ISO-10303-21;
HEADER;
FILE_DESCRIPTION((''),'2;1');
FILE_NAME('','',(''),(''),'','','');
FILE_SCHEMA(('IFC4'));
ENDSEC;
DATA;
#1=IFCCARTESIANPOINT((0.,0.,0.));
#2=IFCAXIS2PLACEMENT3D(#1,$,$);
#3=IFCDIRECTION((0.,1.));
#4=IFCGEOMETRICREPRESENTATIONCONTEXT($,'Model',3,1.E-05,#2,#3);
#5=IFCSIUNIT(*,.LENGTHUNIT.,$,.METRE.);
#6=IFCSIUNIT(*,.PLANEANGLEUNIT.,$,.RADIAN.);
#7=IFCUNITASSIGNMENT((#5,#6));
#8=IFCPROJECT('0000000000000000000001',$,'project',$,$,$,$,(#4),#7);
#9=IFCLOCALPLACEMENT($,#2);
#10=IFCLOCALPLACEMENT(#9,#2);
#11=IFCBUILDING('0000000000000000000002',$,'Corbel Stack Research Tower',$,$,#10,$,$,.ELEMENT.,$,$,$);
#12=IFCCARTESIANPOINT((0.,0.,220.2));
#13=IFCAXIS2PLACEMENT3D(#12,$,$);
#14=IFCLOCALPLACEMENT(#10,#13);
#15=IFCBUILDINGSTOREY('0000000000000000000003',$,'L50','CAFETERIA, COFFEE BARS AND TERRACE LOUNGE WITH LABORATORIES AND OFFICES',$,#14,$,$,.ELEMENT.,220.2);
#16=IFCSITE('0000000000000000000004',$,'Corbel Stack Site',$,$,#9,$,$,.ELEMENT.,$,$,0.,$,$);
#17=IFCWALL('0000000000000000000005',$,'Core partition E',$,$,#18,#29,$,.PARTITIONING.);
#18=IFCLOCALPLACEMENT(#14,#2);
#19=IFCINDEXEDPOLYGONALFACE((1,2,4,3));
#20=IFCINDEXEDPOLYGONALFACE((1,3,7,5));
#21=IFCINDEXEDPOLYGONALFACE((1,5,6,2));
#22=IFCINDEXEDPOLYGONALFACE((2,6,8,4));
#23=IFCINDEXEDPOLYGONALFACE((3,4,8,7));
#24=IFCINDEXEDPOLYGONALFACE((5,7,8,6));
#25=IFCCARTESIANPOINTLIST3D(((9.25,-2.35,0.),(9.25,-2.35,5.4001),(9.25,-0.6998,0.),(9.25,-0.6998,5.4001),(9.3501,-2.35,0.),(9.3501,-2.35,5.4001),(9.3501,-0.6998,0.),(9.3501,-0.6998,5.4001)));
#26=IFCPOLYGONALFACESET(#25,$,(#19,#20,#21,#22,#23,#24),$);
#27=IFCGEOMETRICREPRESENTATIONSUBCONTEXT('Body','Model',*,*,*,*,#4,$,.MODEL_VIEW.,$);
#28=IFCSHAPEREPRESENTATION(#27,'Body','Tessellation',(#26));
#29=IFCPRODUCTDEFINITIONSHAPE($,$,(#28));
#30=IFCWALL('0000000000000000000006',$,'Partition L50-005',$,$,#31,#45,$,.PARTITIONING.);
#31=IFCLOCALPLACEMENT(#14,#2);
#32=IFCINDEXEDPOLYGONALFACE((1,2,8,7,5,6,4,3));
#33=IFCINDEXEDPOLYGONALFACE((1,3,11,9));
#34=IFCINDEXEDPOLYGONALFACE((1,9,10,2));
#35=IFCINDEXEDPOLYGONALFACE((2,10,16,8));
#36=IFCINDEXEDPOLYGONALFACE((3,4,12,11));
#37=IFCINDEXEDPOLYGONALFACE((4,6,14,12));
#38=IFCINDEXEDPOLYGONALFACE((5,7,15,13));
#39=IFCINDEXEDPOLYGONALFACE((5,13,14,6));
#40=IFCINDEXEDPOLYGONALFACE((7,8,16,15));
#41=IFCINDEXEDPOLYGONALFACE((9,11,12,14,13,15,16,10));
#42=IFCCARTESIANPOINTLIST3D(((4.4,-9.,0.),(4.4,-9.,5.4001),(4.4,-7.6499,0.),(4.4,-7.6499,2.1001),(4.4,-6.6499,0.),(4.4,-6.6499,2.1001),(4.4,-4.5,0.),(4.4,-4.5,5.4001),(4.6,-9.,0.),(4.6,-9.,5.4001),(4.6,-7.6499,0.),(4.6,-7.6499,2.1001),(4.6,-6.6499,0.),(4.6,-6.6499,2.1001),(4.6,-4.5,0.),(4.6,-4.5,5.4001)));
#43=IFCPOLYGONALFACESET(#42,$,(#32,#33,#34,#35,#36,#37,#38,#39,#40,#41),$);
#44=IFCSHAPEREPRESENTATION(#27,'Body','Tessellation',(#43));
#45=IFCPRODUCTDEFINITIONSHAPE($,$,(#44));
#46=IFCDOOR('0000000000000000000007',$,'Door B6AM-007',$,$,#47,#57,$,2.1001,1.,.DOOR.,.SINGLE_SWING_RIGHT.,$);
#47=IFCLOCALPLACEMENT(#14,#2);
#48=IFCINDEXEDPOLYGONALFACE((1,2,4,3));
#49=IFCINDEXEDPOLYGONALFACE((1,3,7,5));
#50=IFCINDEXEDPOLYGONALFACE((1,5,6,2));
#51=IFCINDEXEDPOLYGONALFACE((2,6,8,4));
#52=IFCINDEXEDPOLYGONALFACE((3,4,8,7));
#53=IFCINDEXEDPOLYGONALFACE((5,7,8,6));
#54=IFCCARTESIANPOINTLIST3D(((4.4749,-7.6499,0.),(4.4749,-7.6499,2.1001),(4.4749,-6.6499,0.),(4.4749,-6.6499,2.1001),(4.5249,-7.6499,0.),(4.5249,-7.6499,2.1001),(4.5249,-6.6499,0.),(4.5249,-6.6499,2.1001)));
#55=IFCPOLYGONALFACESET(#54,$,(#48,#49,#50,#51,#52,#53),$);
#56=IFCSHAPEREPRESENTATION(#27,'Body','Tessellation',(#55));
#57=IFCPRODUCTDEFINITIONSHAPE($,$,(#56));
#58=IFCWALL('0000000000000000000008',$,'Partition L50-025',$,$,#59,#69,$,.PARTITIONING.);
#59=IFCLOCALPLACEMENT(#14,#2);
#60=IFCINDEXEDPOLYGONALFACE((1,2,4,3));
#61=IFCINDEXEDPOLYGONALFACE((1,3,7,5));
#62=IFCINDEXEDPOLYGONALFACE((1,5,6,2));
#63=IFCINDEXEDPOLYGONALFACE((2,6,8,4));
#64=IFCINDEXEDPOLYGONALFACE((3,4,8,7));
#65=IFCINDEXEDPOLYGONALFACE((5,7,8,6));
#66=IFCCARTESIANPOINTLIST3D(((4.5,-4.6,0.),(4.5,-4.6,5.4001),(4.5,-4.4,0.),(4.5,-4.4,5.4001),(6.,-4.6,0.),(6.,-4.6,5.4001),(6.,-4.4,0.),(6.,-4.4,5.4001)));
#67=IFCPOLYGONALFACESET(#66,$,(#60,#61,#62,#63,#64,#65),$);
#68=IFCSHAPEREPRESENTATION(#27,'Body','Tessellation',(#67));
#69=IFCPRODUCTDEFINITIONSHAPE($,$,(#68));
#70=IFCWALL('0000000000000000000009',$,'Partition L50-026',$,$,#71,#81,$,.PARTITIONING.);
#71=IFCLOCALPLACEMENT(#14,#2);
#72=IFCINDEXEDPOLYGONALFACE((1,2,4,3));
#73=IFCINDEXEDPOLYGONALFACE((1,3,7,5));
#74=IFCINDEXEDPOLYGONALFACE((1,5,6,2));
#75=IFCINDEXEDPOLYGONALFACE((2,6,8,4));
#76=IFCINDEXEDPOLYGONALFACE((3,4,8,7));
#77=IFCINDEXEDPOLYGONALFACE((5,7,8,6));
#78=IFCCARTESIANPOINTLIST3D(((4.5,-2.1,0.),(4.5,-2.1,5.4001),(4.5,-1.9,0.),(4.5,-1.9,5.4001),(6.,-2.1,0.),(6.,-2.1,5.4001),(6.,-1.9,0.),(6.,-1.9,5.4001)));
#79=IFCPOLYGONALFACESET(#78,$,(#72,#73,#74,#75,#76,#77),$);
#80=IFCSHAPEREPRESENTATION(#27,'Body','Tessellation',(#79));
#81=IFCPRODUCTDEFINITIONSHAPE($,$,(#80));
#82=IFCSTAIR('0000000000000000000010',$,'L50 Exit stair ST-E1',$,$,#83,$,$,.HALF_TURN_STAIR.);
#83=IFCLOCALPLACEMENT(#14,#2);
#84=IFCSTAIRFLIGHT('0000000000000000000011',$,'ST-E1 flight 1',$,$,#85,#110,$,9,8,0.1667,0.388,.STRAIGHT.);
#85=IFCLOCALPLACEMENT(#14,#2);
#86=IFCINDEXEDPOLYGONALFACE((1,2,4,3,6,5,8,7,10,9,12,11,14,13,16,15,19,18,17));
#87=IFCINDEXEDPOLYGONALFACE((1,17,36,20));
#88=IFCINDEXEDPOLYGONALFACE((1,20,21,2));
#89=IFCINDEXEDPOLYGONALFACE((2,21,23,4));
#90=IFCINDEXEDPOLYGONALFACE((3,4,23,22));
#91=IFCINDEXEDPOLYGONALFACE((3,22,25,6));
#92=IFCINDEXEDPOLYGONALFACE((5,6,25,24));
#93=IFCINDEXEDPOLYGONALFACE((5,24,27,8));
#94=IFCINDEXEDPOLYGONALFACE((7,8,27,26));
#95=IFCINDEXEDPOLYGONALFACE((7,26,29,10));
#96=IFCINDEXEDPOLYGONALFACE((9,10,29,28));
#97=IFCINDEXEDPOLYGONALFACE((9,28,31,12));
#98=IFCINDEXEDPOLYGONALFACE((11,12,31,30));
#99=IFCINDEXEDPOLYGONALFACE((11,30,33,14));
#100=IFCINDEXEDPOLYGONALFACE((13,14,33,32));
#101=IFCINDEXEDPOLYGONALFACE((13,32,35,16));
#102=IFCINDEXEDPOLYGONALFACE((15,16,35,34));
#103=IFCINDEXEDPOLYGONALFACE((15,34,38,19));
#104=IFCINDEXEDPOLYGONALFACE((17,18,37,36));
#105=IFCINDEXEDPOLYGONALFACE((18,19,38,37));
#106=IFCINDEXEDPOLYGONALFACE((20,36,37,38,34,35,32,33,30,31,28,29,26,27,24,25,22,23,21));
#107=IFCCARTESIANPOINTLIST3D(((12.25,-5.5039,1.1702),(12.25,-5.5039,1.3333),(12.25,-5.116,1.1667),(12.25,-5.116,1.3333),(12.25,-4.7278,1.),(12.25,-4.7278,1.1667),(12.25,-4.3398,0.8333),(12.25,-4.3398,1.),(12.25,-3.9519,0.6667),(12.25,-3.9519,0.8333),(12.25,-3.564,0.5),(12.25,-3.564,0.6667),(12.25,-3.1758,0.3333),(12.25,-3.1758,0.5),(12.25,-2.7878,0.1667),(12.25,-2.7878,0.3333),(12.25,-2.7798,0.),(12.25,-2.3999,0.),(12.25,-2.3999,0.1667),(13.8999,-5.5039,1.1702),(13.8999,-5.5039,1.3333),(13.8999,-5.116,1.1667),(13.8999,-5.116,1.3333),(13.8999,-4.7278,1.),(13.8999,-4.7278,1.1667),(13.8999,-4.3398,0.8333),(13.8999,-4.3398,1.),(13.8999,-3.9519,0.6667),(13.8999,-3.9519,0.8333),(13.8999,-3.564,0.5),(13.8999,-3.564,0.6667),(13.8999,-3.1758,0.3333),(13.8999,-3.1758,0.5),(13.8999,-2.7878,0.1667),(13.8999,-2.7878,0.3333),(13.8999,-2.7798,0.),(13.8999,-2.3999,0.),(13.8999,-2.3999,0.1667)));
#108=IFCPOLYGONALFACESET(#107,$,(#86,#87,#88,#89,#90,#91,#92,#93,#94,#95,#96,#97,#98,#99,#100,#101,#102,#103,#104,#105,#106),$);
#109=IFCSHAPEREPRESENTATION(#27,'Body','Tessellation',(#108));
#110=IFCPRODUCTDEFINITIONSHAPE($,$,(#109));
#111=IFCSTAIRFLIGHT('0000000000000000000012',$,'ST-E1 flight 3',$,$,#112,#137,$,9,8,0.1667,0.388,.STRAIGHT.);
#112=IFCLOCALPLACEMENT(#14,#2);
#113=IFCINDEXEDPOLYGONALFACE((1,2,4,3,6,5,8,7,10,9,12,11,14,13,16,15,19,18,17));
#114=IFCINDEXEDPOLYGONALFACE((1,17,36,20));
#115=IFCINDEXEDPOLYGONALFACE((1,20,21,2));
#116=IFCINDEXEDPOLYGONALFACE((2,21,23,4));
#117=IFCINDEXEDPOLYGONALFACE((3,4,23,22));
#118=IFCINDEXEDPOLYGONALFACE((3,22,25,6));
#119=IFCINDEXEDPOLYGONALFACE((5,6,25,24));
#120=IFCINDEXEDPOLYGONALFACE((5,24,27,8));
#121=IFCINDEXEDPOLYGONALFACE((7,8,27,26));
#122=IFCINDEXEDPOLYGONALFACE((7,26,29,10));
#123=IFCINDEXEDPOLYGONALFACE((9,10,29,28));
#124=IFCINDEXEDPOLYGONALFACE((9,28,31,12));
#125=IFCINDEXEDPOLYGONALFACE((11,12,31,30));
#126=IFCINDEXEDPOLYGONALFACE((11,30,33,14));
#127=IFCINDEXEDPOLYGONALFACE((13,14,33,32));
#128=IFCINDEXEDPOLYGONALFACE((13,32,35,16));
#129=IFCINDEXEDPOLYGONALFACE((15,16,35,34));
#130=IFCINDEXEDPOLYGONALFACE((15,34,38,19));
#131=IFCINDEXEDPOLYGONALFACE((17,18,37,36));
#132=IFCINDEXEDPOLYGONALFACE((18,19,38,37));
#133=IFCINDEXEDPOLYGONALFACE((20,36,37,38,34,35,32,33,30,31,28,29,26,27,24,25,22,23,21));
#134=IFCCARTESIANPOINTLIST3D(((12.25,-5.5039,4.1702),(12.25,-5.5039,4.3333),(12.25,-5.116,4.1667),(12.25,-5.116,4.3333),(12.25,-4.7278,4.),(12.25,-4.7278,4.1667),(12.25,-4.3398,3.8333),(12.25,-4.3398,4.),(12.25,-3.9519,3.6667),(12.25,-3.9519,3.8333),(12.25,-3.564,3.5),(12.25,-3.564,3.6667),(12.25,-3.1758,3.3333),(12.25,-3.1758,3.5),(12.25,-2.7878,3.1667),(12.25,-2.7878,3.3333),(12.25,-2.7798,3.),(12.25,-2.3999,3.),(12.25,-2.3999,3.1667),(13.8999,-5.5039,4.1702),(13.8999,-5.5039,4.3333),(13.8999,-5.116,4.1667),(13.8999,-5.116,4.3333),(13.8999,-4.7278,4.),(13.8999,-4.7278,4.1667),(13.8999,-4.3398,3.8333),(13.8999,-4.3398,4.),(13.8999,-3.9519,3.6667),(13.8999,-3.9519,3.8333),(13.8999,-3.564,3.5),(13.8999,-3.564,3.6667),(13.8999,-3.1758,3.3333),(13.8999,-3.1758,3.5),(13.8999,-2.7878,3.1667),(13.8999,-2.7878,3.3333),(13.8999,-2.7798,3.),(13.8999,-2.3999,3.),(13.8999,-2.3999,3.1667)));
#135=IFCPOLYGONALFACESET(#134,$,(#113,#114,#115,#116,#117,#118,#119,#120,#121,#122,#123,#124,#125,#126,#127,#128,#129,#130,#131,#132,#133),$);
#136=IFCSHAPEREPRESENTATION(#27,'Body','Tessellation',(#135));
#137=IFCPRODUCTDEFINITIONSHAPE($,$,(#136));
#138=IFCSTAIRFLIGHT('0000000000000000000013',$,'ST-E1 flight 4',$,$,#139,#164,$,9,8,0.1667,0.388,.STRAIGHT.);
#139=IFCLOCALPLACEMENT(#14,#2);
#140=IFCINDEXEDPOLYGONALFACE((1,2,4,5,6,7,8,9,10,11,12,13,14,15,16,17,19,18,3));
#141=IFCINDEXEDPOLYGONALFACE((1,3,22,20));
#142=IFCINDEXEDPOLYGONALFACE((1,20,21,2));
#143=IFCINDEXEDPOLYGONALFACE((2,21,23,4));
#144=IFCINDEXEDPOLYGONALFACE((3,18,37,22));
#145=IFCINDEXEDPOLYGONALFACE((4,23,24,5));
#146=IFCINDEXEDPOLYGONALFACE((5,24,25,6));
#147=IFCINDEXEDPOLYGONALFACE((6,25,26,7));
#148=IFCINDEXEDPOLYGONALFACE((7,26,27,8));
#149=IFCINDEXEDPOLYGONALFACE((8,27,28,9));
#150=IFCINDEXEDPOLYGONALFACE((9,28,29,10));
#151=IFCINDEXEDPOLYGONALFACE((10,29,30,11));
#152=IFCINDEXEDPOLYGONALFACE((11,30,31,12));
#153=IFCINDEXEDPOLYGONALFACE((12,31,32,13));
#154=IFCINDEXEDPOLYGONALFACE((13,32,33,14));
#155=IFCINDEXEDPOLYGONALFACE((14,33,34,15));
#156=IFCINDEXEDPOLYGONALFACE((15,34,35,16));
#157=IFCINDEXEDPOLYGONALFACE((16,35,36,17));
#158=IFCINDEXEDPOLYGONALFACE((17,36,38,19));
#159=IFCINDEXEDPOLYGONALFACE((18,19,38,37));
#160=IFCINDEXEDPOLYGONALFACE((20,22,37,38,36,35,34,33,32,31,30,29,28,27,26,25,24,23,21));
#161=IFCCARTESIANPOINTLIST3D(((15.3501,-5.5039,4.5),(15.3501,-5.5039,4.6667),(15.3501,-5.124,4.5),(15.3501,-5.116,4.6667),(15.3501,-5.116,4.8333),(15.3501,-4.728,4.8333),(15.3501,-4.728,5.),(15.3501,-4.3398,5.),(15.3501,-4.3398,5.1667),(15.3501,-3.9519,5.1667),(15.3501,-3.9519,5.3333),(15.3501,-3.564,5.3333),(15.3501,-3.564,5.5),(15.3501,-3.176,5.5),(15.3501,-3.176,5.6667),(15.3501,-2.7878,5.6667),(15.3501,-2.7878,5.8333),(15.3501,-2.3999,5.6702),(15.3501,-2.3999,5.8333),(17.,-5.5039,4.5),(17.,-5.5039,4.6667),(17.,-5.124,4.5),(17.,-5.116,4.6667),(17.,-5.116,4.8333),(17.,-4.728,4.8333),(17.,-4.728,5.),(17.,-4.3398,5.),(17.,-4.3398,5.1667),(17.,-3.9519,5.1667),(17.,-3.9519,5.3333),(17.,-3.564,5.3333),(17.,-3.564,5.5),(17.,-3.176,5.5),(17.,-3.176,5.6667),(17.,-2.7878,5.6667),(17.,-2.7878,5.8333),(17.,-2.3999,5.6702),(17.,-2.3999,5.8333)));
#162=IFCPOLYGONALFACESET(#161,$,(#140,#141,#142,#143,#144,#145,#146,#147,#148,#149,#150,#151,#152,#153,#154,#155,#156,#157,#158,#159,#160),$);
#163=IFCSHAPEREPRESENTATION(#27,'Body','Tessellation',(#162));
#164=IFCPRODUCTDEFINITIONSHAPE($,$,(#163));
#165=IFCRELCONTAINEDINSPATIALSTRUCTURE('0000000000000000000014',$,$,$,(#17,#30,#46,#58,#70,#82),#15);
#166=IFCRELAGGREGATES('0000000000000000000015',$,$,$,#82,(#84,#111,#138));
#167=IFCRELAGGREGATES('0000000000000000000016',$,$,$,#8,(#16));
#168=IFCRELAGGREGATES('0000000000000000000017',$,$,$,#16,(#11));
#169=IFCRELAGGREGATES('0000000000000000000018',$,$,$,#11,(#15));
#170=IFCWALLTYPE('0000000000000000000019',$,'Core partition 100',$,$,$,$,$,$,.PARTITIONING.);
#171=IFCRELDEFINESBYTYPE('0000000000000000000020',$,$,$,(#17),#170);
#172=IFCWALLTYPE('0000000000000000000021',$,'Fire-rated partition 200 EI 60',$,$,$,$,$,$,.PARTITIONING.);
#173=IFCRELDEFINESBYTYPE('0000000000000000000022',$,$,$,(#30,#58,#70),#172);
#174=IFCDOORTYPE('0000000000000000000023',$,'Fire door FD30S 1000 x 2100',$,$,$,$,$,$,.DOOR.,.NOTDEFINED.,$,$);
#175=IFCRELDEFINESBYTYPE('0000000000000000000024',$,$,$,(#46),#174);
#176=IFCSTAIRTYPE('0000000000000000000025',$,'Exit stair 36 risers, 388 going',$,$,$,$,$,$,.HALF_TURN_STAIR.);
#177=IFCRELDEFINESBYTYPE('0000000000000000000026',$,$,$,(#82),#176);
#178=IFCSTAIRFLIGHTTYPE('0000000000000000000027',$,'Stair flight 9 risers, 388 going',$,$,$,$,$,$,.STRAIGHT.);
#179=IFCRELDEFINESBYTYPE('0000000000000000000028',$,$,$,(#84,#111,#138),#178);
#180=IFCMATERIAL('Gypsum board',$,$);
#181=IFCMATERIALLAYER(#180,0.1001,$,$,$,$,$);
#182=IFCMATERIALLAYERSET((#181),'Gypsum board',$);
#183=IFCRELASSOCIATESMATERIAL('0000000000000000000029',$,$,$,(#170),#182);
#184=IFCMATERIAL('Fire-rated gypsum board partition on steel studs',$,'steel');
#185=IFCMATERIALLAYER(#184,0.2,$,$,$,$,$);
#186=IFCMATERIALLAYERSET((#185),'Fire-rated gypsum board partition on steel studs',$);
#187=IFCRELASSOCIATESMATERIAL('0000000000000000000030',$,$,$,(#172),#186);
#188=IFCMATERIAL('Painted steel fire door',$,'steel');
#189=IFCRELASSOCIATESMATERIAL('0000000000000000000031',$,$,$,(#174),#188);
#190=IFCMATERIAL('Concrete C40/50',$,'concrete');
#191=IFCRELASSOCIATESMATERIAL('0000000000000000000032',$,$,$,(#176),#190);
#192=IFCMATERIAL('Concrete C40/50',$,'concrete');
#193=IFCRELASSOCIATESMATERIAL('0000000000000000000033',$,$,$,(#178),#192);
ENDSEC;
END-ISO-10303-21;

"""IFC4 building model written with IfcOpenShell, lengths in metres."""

from ifc_helpers import new_model, si_unit, direction, frame, frame_2d, origin, place, context, subcontext, project, spatial, polyline, rectangle, outline, extrude, material, layer, layer_set, type_object, element, fill, aggregate, save


model = new_model("IFC4")

# Units and contexts
model_context = context("Model", 3, precision=1e-05, world=origin(), true_north=direction((0.0, 1.0)))
body_context = subcontext(model_context, "Body", "Model", "MODEL_VIEW")
ifc_project = project(units=[si_unit("LENGTHUNIT", "METRE"), si_unit("PLANEANGLEUNIT", "RADIAN")], contexts=[model_context])

# Site, building, storey
site_placement = place(None, origin())
site = spatial("IfcSite", under=ifc_project, at=site_placement, Name="Corbel Stack Site", CompositionType="ELEMENT", RefElevation=0.0)
building_placement = place(site_placement, origin())
building = spatial("IfcBuilding", under=site, at=building_placement, Name="Corbel Stack Research Tower", CompositionType="ELEMENT")
storey_placement = place(building_placement, frame((0.0, 0.0, 220.2)))
storey = spatial("IfcBuildingStorey", under=building, at=storey_placement, Name="L50", Description="CAFETERIA, COFFEE BARS AND TERRACE LOUNGE WITH LABORATORIES AND OFFICES", CompositionType="ELEMENT", Elevation=220.2)

# Shared definitions
ifc_material_1 = material(Name="Gypsum board")
ifc_layer_1 = layer(ifc_material_1, 0.1001)
ifc_layer_set_1 = layer_set([ifc_layer_1], Name="Gypsum board")
wall_type_1 = type_object("IfcWallType", Name="Core partition 100", PredefinedType="PARTITIONING", material=ifc_layer_set_1)

# Wall
wall_1_placement = place(storey_placement, frame((9.3, -2.3501, 0.0), z_axis=(0.0, 0.0, 1.0), x_axis=(0.0, 1.0, 0.0)))
element("IfcWall", 1, at=wall_1_placement, inside=storey, type_object=wall_type_1, Name="Core partition E", PredefinedType="PARTITIONING", context=body_context, shape_type="SweptSolid", body=[
    extrude(rectangle(XDim=1.6501, YDim=0.1001, at=frame_2d((0.8252, 0.0))), origin(), (0.0, 0.0, 1.0), 5.4001),
])

# Wall, opening, door
ifc_material_2 = material(Name="Fire-rated gypsum board partition on steel studs", Category="steel")
ifc_layer_2 = layer(ifc_material_2, 0.2)
ifc_layer_set_2 = layer_set([ifc_layer_2], Name="Fire-rated gypsum board partition on steel studs")
wall_type_2 = type_object("IfcWallType", Name="Fire-rated partition 200 EI 60", PredefinedType="PARTITIONING", material=ifc_layer_set_2)
wall_2_placement = place(storey_placement, frame((4.5, -4.5, 0.0), z_axis=(0.0, 0.0, 1.0), x_axis=(0.0, -1.0, 0.0)))
wall_2 = element("IfcWall", 2, at=wall_2_placement, inside=storey, type_object=wall_type_2, Name="Partition L50-005", PredefinedType="PARTITIONING", context=body_context, shape_type="SweptSolid", body=[
    extrude(rectangle(XDim=4.5, YDim=0.2, at=frame_2d((2.25, 0.0))), origin(), (0.0, 0.0, 1.0), 5.4001),
])
opening_1_placement = place(wall_2_placement, frame((2.1499, 0.0, 0.0)))
opening_1 = element("IfcOpeningElement", 3, at=opening_1_placement, cuts=wall_2, PredefinedType="OPENING", context=body_context, shape_type="SweptSolid", body=[
    extrude(rectangle(XDim=1.0, YDim=2.1001, at=frame_2d((0.5, 1.05))), frame((0.0, 0.1099, 0.0), z_axis=(0.0, -1.0, 0.0), x_axis=(1.0, 0.0, 0.0)), (0.0, 0.0, 1.0), 0.22),
])
ifc_material_3 = material(Name="Painted steel fire door", Category="steel")
door_type_1 = type_object("IfcDoorType", Name="Fire door FD30S 1000 x 2100", OperationType="NOTDEFINED", PredefinedType="DOOR", material=ifc_material_3)
door_1_placement = place(opening_1_placement, origin())
door_1 = element("IfcDoor", 4, at=door_1_placement, inside=storey, type_object=door_type_1, Name="Door B6AM-007", OperationType="SINGLE_SWING_RIGHT", OverallHeight=2.1001, OverallWidth=1.0, PredefinedType="DOOR", context=body_context, shape_type="SweptSolid", body=[
    extrude(rectangle(XDim=1.0, YDim=2.1001, at=frame_2d((0.5, 1.05))), frame((0.0, 0.0249, 0.0), z_axis=(0.0, -1.0, 0.0), x_axis=(1.0, 0.0, 0.0)), (0.0, 0.0, 1.0), 0.05),
])
fill(opening_1, door_1)

# Walls
for number, where, z_axis, x_axis, name in (
    (5, (4.5, -4.5, 0.0), (0.0, 0.0, 1.0), (1.0, 0.0, 0.0), "Partition L50-025"),
    (6, (4.5, -2.0, 0.0), (0.0, 0.0, 1.0), (1.0, 0.0, 0.0), "Partition L50-026"),
):
    element("IfcWall", number, at=place(storey_placement, frame(where, z_axis=z_axis, x_axis=x_axis)), inside=storey, type_object=wall_type_2, Name=name, PredefinedType="PARTITIONING", context=body_context, shape_type="SweptSolid", body=[
        extrude(rectangle(XDim=1.5, YDim=0.2, at=frame_2d((0.75, 0.0))), origin(), (0.0, 0.0, 1.0), 5.4001),
    ])

# Stair, stair flights
ifc_material_4 = material(Name="Concrete C40/50", Category="concrete")
stair_type = type_object("IfcStairType", Name="Exit stair 36 risers, 388 going", PredefinedType="HALF_TURN_STAIR", material=ifc_material_4)
stair_placement = place(storey_placement, origin())
stair = element("IfcStair", 7, at=stair_placement, inside=storey, type_object=stair_type, Name="L50 Exit stair ST-E1", PredefinedType="HALF_TURN_STAIR")
ifc_material_5 = material(Name="Concrete C40/50", Category="concrete")
stair_flight_type = type_object("IfcStairFlightType", Name="Stair flight 9 risers, 388 going", PredefinedType="STRAIGHT", material=ifc_material_5)
stair_flight_1_placement = place(storey_placement, frame((13.075, -2.3999, 0.0), z_axis=(0.0, 0.0, 1.0), x_axis=(0.0, -1.0, 0.0)))
stair_flight_1 = element("IfcStairFlight", 8, at=stair_flight_1_placement, type_object=stair_flight_type, Name="ST-E1 flight 1", NumberOfRisers=9, NumberOfTreads=8, PredefinedType="STRAIGHT", RiserHeight=0.1667, TreadLength=0.388, context=body_context, shape_type="SweptSolid", body=[
    extrude(outline(polyline([(0.0, 0.0), (0.0, 0.1667), (0.3879, 0.1667), (0.3879, 0.3333), (0.7759, 0.3333), (0.7759, 0.5), (1.1641, 0.5), (1.1641, 0.6667), (1.552, 0.6667), (1.552, 0.8333), (1.9399, 0.8333), (1.9399, 1.0), (2.3279, 1.0), (2.3279, 1.1667), (2.7161, 1.1667), (2.7161, 1.3333), (3.104, 1.3333), (3.104, 1.5), (3.104, 1.1702), (0.3799, 0.0), (0.0, 0.0)])), frame((0.0, 0.825, 0.0), z_axis=(0.0, -1.0, 0.0), x_axis=(1.0, 0.0, 0.0)), (0.0, 0.0, 1.0), 1.6499),
])
stair_flight_2_placement = place(storey_placement, frame((13.075, -2.3999, 3.0), z_axis=(0.0, 0.0, 1.0), x_axis=(0.0, -1.0, 0.0)))
stair_flight_2 = element("IfcStairFlight", 9, at=stair_flight_2_placement, type_object=stair_flight_type, Name="ST-E1 flight 3", NumberOfRisers=9, NumberOfTreads=8, PredefinedType="STRAIGHT", RiserHeight=0.1667, TreadLength=0.388, context=body_context, shape_type="SweptSolid", body=[
    extrude(outline(polyline([(0.0, 0.0), (0.0, 0.1667), (0.3879, 0.1667), (0.3879, 0.3333), (0.7759, 0.3333), (0.7759, 0.5), (1.1641, 0.5), (1.1641, 0.6667), (1.552, 0.6667), (1.552, 0.8333), (1.9399, 0.8333), (1.9399, 1.0), (2.3279, 1.0), (2.3279, 1.1667), (2.7161, 1.1667), (2.7161, 1.3333), (3.104, 1.3333), (3.104, 1.5), (3.104, 1.1702), (0.3799, 0.0), (0.0, 0.0)])), frame((0.0, 0.825, 0.0), z_axis=(0.0, -1.0, 0.0), x_axis=(1.0, 0.0, 0.0)), (0.0, 0.0, 1.0), 1.6499),
])
stair_flight_3_placement = place(storey_placement, frame((16.175, -5.5039, 4.5), z_axis=(0.0, 0.0, 1.0), x_axis=(0.0, 1.0, 0.0)))
stair_flight_3 = element("IfcStairFlight", 10, at=stair_flight_3_placement, type_object=stair_flight_type, Name="ST-E1 flight 4", NumberOfRisers=9, NumberOfTreads=8, PredefinedType="STRAIGHT", RiserHeight=0.1667, TreadLength=0.388, context=body_context, shape_type="SweptSolid", body=[
    extrude(outline(polyline([(0.0, 0.0), (0.0, 0.1667), (0.3879, 0.1667), (0.3879, 0.3333), (0.7759, 0.3333), (0.7759, 0.5), (1.1641, 0.5), (1.1641, 0.6667), (1.552, 0.6667), (1.552, 0.8333), (1.9399, 0.8333), (1.9399, 1.0), (2.3279, 1.0), (2.3279, 1.1667), (2.7161, 1.1667), (2.7161, 1.3333), (3.104, 1.3333), (3.104, 1.5), (3.104, 1.1702), (0.3799, 0.0), (0.0, 0.0)])), frame((0.0, 0.825, 0.0), z_axis=(0.0, -1.0, 0.0), x_axis=(1.0, 0.0, 0.0)), (0.0, 0.0, 1.0), 1.6499),
])
aggregate(stair, [stair_flight_1, stair_flight_2, stair_flight_3])

save(model, "model.ifc")
